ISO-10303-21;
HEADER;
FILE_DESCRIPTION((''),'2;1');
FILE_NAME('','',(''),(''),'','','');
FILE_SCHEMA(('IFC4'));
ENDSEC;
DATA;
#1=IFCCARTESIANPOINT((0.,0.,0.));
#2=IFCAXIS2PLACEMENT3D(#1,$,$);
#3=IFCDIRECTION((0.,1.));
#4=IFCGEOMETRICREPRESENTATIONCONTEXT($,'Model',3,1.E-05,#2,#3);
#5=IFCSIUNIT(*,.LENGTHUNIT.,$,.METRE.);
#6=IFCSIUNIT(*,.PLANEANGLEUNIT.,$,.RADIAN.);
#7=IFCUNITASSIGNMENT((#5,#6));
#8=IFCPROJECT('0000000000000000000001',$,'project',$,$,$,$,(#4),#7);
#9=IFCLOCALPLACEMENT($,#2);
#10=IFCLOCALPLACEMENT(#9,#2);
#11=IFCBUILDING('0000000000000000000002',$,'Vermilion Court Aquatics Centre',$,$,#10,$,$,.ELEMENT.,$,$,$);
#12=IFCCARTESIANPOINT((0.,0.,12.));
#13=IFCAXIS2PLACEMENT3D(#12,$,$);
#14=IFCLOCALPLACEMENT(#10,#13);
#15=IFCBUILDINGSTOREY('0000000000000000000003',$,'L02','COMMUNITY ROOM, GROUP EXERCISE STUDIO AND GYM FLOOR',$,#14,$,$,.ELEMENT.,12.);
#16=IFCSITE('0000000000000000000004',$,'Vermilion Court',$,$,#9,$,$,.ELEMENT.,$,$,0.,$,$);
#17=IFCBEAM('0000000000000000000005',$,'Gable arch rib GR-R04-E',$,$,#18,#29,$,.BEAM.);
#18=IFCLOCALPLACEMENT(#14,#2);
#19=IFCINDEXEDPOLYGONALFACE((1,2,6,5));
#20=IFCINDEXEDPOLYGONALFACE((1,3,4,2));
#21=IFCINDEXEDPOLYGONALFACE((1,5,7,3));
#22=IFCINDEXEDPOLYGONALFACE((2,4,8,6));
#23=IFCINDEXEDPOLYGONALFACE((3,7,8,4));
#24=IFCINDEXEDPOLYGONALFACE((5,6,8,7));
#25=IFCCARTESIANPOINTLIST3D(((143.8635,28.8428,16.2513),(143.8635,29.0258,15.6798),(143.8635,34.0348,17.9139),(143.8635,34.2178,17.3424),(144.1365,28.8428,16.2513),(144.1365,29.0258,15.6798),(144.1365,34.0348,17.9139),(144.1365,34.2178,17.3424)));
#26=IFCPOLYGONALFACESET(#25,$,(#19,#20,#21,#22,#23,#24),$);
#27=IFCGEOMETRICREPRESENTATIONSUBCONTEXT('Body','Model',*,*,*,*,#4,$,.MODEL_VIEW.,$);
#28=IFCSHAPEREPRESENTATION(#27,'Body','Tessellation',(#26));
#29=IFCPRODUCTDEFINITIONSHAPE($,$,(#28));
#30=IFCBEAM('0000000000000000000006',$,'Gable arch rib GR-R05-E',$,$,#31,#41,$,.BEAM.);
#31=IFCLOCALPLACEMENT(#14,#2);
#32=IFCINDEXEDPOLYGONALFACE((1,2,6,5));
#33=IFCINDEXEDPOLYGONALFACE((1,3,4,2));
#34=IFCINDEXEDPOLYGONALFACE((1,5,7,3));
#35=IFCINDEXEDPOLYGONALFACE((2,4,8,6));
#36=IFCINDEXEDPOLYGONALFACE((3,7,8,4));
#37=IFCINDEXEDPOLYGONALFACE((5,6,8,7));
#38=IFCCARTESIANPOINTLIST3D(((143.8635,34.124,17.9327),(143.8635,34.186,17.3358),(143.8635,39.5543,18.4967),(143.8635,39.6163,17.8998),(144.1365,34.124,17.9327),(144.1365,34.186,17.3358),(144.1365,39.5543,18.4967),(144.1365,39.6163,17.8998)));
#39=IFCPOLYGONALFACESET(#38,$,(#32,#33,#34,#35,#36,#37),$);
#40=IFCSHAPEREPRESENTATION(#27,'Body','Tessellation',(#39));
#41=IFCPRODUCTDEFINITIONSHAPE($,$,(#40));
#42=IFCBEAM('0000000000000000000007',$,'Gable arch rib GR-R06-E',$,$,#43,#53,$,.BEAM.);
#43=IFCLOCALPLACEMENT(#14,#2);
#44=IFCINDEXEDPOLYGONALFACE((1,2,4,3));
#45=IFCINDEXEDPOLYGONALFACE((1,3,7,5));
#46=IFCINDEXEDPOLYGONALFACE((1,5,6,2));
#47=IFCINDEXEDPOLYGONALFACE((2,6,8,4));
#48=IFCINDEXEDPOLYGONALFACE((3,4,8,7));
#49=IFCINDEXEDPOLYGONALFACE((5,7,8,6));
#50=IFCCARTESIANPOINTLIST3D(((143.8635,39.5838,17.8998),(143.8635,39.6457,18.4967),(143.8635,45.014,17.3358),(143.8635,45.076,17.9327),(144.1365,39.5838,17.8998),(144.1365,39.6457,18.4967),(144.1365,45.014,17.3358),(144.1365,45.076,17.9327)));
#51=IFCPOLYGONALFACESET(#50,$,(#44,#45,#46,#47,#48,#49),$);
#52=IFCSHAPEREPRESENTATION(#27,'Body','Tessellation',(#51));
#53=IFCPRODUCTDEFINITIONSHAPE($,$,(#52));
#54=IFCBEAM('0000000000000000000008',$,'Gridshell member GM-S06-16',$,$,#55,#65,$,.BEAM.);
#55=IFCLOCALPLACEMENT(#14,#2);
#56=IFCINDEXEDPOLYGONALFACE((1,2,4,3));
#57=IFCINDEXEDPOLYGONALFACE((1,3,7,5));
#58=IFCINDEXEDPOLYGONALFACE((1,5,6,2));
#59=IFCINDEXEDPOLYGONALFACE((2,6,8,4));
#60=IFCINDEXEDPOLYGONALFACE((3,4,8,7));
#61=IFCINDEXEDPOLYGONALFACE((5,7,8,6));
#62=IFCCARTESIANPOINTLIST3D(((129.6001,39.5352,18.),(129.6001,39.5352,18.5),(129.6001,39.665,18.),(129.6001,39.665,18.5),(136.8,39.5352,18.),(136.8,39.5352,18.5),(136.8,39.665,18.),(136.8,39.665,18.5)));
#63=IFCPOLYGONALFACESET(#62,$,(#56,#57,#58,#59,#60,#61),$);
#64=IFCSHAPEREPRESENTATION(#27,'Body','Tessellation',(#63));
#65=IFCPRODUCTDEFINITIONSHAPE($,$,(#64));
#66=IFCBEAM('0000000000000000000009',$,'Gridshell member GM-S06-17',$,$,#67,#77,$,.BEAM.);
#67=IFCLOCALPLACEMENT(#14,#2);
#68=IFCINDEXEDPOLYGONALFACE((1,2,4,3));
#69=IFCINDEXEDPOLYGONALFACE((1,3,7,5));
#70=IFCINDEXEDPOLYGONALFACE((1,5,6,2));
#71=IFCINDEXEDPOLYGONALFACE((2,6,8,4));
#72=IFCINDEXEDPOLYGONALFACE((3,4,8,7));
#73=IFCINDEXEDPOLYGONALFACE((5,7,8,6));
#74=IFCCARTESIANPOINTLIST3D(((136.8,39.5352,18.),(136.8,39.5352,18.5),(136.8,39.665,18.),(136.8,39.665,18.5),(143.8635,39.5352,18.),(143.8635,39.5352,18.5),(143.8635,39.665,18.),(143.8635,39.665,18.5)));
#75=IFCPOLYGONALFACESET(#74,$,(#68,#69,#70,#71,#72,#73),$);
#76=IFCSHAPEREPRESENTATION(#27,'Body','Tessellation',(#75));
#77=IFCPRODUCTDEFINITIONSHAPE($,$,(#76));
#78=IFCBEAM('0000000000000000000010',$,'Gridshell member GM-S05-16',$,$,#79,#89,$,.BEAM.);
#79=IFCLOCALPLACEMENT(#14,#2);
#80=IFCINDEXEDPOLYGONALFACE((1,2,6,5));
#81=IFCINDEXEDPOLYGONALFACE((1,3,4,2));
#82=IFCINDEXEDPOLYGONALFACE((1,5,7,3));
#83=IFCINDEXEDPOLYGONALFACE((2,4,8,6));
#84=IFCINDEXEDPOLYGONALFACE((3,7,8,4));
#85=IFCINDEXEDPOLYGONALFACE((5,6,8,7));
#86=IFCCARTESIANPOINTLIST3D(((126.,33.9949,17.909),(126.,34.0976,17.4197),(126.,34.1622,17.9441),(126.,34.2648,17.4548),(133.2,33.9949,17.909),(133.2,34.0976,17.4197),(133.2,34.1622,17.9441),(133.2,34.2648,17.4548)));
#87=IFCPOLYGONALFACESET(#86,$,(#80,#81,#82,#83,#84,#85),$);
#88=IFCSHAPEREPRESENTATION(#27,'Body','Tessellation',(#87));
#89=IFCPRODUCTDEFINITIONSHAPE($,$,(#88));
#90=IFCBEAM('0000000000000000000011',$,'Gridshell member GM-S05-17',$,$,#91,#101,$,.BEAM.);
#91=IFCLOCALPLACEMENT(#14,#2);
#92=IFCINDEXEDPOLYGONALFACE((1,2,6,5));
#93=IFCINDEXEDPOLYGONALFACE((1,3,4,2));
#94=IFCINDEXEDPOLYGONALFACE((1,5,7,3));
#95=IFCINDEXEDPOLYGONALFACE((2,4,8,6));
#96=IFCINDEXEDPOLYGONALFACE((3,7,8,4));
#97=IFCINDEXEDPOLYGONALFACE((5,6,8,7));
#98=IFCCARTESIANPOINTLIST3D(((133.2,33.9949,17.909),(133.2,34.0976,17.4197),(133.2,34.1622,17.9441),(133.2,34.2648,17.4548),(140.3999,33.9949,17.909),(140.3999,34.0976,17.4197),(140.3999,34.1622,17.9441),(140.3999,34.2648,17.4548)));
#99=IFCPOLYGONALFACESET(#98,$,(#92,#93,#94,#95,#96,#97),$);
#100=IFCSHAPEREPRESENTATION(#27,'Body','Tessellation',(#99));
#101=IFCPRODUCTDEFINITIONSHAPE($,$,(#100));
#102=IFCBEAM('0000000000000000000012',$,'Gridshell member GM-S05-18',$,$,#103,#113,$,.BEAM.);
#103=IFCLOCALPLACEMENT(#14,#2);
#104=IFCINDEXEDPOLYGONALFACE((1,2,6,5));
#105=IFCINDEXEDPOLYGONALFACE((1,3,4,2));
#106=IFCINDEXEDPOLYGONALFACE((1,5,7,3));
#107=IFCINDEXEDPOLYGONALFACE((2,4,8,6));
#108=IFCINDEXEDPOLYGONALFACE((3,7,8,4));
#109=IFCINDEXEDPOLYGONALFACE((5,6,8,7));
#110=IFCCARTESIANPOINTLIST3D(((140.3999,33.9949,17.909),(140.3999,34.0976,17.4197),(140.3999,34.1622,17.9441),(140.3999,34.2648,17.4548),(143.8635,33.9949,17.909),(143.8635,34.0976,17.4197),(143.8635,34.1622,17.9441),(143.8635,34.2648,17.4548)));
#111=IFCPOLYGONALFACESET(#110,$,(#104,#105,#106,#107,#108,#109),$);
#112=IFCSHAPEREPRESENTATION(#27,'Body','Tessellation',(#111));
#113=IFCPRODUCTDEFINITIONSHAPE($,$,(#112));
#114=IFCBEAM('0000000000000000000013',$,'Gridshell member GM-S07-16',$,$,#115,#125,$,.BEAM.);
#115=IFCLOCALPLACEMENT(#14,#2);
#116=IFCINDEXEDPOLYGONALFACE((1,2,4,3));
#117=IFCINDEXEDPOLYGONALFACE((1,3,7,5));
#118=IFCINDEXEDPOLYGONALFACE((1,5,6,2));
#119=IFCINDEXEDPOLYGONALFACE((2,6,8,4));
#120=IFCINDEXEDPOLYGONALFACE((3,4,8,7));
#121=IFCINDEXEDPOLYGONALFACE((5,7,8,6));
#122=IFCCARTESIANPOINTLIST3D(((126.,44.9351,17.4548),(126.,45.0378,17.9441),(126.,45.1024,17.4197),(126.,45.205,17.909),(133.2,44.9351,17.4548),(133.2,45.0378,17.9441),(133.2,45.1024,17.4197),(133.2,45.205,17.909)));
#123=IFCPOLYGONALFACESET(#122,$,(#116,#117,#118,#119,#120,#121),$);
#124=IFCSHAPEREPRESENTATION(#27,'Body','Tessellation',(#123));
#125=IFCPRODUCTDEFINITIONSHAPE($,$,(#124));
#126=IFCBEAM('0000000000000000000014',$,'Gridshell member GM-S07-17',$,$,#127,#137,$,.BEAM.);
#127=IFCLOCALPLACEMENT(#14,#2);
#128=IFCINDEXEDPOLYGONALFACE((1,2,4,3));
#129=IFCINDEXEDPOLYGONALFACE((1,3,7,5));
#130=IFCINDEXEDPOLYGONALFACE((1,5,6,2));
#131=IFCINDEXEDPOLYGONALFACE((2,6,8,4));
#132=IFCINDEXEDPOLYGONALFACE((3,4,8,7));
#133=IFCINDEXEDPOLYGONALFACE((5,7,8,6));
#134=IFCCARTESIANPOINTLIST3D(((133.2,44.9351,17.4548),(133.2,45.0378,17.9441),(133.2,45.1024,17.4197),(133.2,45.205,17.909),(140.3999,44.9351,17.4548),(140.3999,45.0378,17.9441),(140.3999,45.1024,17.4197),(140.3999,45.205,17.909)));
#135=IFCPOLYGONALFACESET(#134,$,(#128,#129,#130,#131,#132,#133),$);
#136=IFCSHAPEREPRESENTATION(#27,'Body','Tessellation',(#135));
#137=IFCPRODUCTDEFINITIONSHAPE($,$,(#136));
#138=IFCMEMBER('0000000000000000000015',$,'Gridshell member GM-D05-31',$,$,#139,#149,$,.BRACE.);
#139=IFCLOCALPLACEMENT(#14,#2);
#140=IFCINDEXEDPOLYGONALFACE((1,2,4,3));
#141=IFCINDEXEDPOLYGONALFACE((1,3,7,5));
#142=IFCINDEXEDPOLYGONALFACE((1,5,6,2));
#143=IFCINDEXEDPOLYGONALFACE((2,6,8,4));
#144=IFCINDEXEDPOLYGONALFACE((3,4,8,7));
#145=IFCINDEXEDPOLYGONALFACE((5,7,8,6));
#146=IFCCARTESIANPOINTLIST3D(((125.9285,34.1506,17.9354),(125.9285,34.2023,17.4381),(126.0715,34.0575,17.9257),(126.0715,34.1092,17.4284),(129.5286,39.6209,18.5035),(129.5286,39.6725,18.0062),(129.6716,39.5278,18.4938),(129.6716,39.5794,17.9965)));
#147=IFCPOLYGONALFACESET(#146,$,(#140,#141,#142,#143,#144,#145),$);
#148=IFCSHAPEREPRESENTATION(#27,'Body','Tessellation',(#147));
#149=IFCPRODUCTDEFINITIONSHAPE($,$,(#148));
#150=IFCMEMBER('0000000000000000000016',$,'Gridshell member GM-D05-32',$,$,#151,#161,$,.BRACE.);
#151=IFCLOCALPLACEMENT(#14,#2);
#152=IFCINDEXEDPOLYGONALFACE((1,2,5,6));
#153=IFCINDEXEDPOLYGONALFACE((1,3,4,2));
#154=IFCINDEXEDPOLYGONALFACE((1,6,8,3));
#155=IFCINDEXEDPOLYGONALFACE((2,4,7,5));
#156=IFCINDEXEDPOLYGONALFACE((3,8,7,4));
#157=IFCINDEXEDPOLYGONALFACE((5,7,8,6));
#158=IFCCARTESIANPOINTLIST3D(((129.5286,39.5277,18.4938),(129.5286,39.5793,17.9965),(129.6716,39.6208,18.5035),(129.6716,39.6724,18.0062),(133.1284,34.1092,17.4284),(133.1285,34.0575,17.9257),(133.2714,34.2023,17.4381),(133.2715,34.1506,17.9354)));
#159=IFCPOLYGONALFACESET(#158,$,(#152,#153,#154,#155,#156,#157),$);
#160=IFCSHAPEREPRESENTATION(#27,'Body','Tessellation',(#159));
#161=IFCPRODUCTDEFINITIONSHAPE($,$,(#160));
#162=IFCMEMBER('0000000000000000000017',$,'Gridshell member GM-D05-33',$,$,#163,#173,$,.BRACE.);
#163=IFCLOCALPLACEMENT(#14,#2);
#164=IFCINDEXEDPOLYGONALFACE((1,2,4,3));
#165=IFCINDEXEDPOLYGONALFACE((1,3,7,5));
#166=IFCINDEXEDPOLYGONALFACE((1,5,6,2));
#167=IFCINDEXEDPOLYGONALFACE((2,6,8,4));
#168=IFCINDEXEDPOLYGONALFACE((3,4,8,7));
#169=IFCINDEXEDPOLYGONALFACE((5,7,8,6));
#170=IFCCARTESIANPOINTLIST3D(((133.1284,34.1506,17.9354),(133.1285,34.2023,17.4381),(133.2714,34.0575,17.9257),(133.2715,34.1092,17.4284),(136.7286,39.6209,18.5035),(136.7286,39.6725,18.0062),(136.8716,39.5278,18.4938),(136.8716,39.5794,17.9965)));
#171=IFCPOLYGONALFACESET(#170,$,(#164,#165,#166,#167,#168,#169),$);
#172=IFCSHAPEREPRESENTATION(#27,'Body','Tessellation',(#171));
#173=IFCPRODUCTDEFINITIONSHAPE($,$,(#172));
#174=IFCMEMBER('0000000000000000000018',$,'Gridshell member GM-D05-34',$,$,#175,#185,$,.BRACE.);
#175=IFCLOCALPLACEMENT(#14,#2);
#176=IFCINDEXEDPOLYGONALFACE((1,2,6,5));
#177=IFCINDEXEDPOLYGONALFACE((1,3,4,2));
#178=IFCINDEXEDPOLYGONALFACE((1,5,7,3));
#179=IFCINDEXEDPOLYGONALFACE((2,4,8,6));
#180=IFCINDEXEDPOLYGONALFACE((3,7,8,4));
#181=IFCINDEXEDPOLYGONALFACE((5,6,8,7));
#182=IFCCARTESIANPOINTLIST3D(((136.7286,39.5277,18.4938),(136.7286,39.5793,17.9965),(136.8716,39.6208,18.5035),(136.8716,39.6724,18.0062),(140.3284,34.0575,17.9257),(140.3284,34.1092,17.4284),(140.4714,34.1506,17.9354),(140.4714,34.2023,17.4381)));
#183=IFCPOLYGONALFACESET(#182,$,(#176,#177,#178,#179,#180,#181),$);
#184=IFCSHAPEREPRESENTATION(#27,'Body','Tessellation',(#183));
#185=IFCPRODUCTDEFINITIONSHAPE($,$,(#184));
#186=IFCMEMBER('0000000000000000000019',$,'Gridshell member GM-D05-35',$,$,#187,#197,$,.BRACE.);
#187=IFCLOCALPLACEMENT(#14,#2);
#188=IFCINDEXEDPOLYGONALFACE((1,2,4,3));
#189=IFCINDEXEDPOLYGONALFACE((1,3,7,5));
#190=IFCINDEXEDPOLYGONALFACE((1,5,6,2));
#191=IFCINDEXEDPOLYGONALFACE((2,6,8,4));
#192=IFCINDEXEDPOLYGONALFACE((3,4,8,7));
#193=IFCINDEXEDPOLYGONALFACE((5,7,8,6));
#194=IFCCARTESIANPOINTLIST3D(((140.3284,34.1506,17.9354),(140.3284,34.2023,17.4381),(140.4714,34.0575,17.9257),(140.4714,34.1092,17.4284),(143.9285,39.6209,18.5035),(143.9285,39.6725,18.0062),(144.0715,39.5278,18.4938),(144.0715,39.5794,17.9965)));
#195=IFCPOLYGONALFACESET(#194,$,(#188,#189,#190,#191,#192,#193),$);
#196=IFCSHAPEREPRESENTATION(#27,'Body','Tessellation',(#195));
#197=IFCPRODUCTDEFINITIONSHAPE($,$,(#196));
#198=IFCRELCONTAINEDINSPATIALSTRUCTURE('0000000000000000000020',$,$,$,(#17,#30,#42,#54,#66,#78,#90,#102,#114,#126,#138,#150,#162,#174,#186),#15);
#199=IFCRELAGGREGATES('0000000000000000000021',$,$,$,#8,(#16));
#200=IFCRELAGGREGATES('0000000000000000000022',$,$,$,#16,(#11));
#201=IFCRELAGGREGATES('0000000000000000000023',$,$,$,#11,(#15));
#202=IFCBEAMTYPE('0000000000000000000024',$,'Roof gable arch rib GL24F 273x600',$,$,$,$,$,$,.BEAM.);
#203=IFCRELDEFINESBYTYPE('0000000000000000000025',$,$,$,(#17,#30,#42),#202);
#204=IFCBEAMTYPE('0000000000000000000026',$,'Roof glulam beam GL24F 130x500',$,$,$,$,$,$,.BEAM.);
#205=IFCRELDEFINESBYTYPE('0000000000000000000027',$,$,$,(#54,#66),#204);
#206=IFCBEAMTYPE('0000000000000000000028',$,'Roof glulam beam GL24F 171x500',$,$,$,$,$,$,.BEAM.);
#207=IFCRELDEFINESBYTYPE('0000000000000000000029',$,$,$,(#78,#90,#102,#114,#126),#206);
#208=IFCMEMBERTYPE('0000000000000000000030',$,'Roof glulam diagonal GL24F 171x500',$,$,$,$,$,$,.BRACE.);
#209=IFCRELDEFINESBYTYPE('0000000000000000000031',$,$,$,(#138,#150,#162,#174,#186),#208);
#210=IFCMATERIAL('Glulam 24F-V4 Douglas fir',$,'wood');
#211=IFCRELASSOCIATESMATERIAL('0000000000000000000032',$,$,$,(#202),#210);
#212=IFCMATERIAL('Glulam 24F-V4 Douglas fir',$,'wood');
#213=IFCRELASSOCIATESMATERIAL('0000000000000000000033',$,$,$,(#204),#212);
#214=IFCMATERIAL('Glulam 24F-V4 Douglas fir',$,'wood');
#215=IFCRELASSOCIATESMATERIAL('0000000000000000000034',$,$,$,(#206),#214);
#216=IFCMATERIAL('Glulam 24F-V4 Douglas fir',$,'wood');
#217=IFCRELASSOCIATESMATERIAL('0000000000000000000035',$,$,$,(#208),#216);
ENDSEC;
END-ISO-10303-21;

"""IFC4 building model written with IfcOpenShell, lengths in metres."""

from ifc_helpers import new_model, si_unit, direction, frame, origin, origin_2d, place, context, subcontext, project, spatial, rectangle, extrude, material, material_profile, profile_set, type_object, element, save


model = new_model("IFC4")

# Units and contexts
model_context = context("Model", 3, precision=1e-05, world=origin(), true_north=direction((0.0, 1.0)))
body_context = subcontext(model_context, "Body", "Model", "MODEL_VIEW")
ifc_project = project(units=[si_unit("LENGTHUNIT", "METRE"), si_unit("PLANEANGLEUNIT", "RADIAN")], contexts=[model_context])

# Site, building, storey
site_placement = place(None, origin())
site = spatial("IfcSite", under=ifc_project, at=site_placement, Name="Vermilion Court", CompositionType="ELEMENT", RefElevation=0.0)
building_placement = place(site_placement, origin())
building = spatial("IfcBuilding", under=site, at=building_placement, Name="Vermilion Court Aquatics Centre", CompositionType="ELEMENT")
storey_placement = place(building_placement, frame((0.0, 0.0, 12.0)))
storey = spatial("IfcBuildingStorey", under=building, at=storey_placement, Name="L02", Description="COMMUNITY ROOM, GROUP EXERCISE STUDIO AND GYM FLOOR", CompositionType="ELEMENT", Elevation=12.0)

# Beams
ifc_material_1 = material(Name="Glulam 24F-V4 Douglas fir", Category="wood")
ifc_material_profile_1 = material_profile(ifc_material_1, rectangle(XDim=0.2729, YDim=0.6001, at=origin_2d()), Name="GL24F 273x600")
ifc_profile_set_1 = profile_set([ifc_material_profile_1], Name="Glulam 24F-V4 Douglas fir")
beam_type_1 = type_object("IfcBeamType", Name="Roof gable arch rib GL24F 273x600", PredefinedType="BEAM", material=ifc_profile_set_1)
beam_1_placement = place(storey_placement, frame((144.0, 28.9343, 15.9656), z_axis=(0.0, 0.952361, 0.304974), x_axis=(-1.0, 0.0, 0.0)))
element("IfcBeam", 1, at=beam_1_placement, inside=storey, type_object=beam_type_1, Name="Gable arch rib GR-R04-E", PredefinedType="BEAM", context=body_context, shape_type="SweptSolid", body=[
    extrude(rectangle(XDim=0.2729, YDim=0.6001, at=origin_2d()), origin(), (0.0, 0.0, 1.0), 5.4517),
])
for number, where, z_axis, x_axis, name in (
    (2, (144.0, 34.155, 17.6343), (0.0, 0.99465, 0.103302), (-1.0, 0.0, 0.0), "Gable arch rib GR-R05-E"),
    (3, (144.0, 39.6147, 18.1982), (0.0, 0.99465, -0.103302), (-1.0, 0.0, 0.0), "Gable arch rib GR-R06-E"),
):
    element("IfcBeam", number, at=place(storey_placement, frame(where, z_axis=z_axis, x_axis=x_axis)), inside=storey, type_object=beam_type_1, Name=name, PredefinedType="BEAM", context=body_context, shape_type="SweptSolid", body=[
        extrude(rectangle(XDim=0.2729, YDim=0.6001, at=origin_2d()), origin(), (0.0, 0.0, 1.0), 5.4595),
    ])
ifc_material_2 = material(Name="Glulam 24F-V4 Douglas fir", Category="wood")
ifc_material_profile_2 = material_profile(ifc_material_2, rectangle(XDim=0.1299, YDim=0.5, at=origin_2d()), Name="GL24F 130x500")
ifc_profile_set_2 = profile_set([ifc_material_profile_2], Name="Glulam 24F-V4 Douglas fir")
beam_type_2 = type_object("IfcBeamType", Name="Roof glulam beam GL24F 130x500", PredefinedType="BEAM", material=ifc_profile_set_2)
beam_2_placement = place(storey_placement, frame((129.6001, 39.6001, 18.25), z_axis=(1.0, 0.0, 0.0), x_axis=(0.0, 1.0, 0.0)))
element("IfcBeam", 4, at=beam_2_placement, inside=storey, type_object=beam_type_2, Name="Gridshell member GM-S06-16", PredefinedType="BEAM", context=body_context, shape_type="SweptSolid", body=[
    extrude(rectangle(XDim=0.1299, YDim=0.5, at=origin_2d()), origin(), (0.0, 0.0, 1.0), 7.2),
])
beam_3_placement = place(storey_placement, frame((136.8, 39.6001, 18.25), z_axis=(1.0, 0.0, 0.0), x_axis=(0.0, 1.0, 0.0)))
element("IfcBeam", 5, at=beam_3_placement, inside=storey, type_object=beam_type_2, Name="Gridshell member GM-S06-17", PredefinedType="BEAM", context=body_context, shape_type="SweptSolid", body=[
    extrude(rectangle(XDim=0.1299, YDim=0.5, at=origin_2d()), origin(), (0.0, 0.0, 1.0), 7.0635),
])
ifc_material_3 = material(Name="Glulam 24F-V4 Douglas fir", Category="wood")
ifc_material_profile_3 = material_profile(ifc_material_3, rectangle(XDim=0.1709, YDim=0.5, at=origin_2d()), Name="GL24F 171x500")
ifc_profile_set_3 = profile_set([ifc_material_profile_3], Name="Glulam 24F-V4 Douglas fir")
beam_type_3 = type_object("IfcBeamType", Name="Roof glulam beam GL24F 171x500", PredefinedType="BEAM", material=ifc_profile_set_3)
for number, where, z_axis, x_axis, name in (
    (6, (126.0, 34.1299, 17.6819), (1.0, 0.0, 0.0), (0.0, 0.978692, 0.205333), "Gridshell member GM-S05-16"),
    (7, (133.2, 34.1299, 17.6819), (1.0, 0.0, 0.0), (0.0, 0.978692, 0.205333), "Gridshell member GM-S05-17"),
):
    element("IfcBeam", number, at=place(storey_placement, frame(where, z_axis=z_axis, x_axis=x_axis)), inside=storey, type_object=beam_type_3, Name=name, PredefinedType="BEAM", context=body_context, shape_type="SweptSolid", body=[
        extrude(rectangle(XDim=0.1709, YDim=0.5, at=origin_2d()), origin(), (0.0, 0.0, 1.0), 7.2),
    ])
beam_4_placement = place(storey_placement, frame((140.3999, 34.1299, 17.6819), z_axis=(1.0, 0.0, 0.0), x_axis=(0.0, 0.978692, 0.205333)))
element("IfcBeam", 8, at=beam_4_placement, inside=storey, type_object=beam_type_3, Name="Gridshell member GM-S05-18", PredefinedType="BEAM", context=body_context, shape_type="SweptSolid", body=[
    extrude(rectangle(XDim=0.1709, YDim=0.5, at=origin_2d()), origin(), (0.0, 0.0, 1.0), 3.4636),
])
for number, where, z_axis, x_axis, name in (
    (9, (126.0, 45.0701, 17.6819), (1.0, 0.0, 0.0), (0.0, 0.978692, -0.205333), "Gridshell member GM-S07-16"),
    (10, (133.2, 45.0701, 17.6819), (1.0, 0.0, 0.0), (0.0, 0.978692, -0.205333), "Gridshell member GM-S07-17"),
):
    element("IfcBeam", number, at=place(storey_placement, frame(where, z_axis=z_axis, x_axis=x_axis)), inside=storey, type_object=beam_type_3, Name=name, PredefinedType="BEAM", context=body_context, shape_type="SweptSolid", body=[
        extrude(rectangle(XDim=0.1709, YDim=0.5, at=origin_2d()), origin(), (0.0, 0.0, 1.0), 7.2),
    ])

# Members
ifc_material_4 = material(Name="Glulam 24F-V4 Douglas fir", Category="wood")
ifc_material_profile_4 = material_profile(ifc_material_4, rectangle(XDim=0.1709, YDim=0.5, at=origin_2d()), Name="GL24F 171x500")
ifc_profile_set_4 = profile_set([ifc_material_profile_4], Name="Glulam 24F-V4 Douglas fir")
member_type = type_object("IfcMemberType", Name="Roof glulam diagonal GL24F 171x500", PredefinedType="BRACE", material=ifc_profile_set_4)
member_1_placement = place(storey_placement, frame((126.0, 34.1299, 17.6819), z_axis=(0.547695, 0.832202, 0.086429), x_axis=(-0.836678, 0.54477, 0.056532)))
element("IfcMember", 11, at=member_1_placement, inside=storey, type_object=member_type, Name="Gridshell member GM-D05-31", PredefinedType="BRACE", context=body_context, shape_type="SweptSolid", body=[
    extrude(rectangle(XDim=0.1709, YDim=0.5, at=origin_2d()), origin(), (0.0, 0.0, 1.0), 6.5732),
])
member_2_placement = place(storey_placement, frame((133.2, 34.1299, 17.6819), z_axis=(-0.547669, 0.832219, 0.086431), x_axis=(-0.836695, -0.544743, -0.056532)))
element("IfcMember", 12, at=member_2_placement, inside=storey, type_object=member_type, Name="Gridshell member GM-D05-32", PredefinedType="BRACE", context=body_context, shape_type="SweptSolid", body=[
    extrude(rectangle(XDim=0.1709, YDim=0.5, at=origin_2d()), origin(), (0.0, 0.0, 1.0), 6.573),
])
member_3_placement = place(storey_placement, frame((133.2, 34.1299, 17.6819), z_axis=(0.547695, 0.832202, 0.086429), x_axis=(-0.836678, 0.54477, 0.056532)))
element("IfcMember", 13, at=member_3_placement, inside=storey, type_object=member_type, Name="Gridshell member GM-D05-33", PredefinedType="BRACE", context=body_context, shape_type="SweptSolid", body=[
    extrude(rectangle(XDim=0.1709, YDim=0.5, at=origin_2d()), origin(), (0.0, 0.0, 1.0), 6.5732),
])
member_4_placement = place(storey_placement, frame((140.3999, 34.1299, 17.6819), z_axis=(-0.547669, 0.832219, 0.086431), x_axis=(-0.836695, -0.544743, -0.056532)))
element("IfcMember", 14, at=member_4_placement, inside=storey, type_object=member_type, Name="Gridshell member GM-D05-34", PredefinedType="BRACE", context=body_context, shape_type="SweptSolid", body=[
    extrude(rectangle(XDim=0.1709, YDim=0.5, at=origin_2d()), origin(), (0.0, 0.0, 1.0), 6.573),
])
member_5_placement = place(storey_placement, frame((140.3999, 34.1299, 17.6819), z_axis=(0.547695, 0.832202, 0.086429), x_axis=(-0.836678, 0.54477, 0.056532)))
element("IfcMember", 15, at=member_5_placement, inside=storey, type_object=member_type, Name="Gridshell member GM-D05-35", PredefinedType="BRACE", context=body_context, shape_type="SweptSolid", body=[
    extrude(rectangle(XDim=0.1709, YDim=0.5, at=origin_2d()), origin(), (0.0, 0.0, 1.0), 6.5732),
])

save(model, "model.ifc")
